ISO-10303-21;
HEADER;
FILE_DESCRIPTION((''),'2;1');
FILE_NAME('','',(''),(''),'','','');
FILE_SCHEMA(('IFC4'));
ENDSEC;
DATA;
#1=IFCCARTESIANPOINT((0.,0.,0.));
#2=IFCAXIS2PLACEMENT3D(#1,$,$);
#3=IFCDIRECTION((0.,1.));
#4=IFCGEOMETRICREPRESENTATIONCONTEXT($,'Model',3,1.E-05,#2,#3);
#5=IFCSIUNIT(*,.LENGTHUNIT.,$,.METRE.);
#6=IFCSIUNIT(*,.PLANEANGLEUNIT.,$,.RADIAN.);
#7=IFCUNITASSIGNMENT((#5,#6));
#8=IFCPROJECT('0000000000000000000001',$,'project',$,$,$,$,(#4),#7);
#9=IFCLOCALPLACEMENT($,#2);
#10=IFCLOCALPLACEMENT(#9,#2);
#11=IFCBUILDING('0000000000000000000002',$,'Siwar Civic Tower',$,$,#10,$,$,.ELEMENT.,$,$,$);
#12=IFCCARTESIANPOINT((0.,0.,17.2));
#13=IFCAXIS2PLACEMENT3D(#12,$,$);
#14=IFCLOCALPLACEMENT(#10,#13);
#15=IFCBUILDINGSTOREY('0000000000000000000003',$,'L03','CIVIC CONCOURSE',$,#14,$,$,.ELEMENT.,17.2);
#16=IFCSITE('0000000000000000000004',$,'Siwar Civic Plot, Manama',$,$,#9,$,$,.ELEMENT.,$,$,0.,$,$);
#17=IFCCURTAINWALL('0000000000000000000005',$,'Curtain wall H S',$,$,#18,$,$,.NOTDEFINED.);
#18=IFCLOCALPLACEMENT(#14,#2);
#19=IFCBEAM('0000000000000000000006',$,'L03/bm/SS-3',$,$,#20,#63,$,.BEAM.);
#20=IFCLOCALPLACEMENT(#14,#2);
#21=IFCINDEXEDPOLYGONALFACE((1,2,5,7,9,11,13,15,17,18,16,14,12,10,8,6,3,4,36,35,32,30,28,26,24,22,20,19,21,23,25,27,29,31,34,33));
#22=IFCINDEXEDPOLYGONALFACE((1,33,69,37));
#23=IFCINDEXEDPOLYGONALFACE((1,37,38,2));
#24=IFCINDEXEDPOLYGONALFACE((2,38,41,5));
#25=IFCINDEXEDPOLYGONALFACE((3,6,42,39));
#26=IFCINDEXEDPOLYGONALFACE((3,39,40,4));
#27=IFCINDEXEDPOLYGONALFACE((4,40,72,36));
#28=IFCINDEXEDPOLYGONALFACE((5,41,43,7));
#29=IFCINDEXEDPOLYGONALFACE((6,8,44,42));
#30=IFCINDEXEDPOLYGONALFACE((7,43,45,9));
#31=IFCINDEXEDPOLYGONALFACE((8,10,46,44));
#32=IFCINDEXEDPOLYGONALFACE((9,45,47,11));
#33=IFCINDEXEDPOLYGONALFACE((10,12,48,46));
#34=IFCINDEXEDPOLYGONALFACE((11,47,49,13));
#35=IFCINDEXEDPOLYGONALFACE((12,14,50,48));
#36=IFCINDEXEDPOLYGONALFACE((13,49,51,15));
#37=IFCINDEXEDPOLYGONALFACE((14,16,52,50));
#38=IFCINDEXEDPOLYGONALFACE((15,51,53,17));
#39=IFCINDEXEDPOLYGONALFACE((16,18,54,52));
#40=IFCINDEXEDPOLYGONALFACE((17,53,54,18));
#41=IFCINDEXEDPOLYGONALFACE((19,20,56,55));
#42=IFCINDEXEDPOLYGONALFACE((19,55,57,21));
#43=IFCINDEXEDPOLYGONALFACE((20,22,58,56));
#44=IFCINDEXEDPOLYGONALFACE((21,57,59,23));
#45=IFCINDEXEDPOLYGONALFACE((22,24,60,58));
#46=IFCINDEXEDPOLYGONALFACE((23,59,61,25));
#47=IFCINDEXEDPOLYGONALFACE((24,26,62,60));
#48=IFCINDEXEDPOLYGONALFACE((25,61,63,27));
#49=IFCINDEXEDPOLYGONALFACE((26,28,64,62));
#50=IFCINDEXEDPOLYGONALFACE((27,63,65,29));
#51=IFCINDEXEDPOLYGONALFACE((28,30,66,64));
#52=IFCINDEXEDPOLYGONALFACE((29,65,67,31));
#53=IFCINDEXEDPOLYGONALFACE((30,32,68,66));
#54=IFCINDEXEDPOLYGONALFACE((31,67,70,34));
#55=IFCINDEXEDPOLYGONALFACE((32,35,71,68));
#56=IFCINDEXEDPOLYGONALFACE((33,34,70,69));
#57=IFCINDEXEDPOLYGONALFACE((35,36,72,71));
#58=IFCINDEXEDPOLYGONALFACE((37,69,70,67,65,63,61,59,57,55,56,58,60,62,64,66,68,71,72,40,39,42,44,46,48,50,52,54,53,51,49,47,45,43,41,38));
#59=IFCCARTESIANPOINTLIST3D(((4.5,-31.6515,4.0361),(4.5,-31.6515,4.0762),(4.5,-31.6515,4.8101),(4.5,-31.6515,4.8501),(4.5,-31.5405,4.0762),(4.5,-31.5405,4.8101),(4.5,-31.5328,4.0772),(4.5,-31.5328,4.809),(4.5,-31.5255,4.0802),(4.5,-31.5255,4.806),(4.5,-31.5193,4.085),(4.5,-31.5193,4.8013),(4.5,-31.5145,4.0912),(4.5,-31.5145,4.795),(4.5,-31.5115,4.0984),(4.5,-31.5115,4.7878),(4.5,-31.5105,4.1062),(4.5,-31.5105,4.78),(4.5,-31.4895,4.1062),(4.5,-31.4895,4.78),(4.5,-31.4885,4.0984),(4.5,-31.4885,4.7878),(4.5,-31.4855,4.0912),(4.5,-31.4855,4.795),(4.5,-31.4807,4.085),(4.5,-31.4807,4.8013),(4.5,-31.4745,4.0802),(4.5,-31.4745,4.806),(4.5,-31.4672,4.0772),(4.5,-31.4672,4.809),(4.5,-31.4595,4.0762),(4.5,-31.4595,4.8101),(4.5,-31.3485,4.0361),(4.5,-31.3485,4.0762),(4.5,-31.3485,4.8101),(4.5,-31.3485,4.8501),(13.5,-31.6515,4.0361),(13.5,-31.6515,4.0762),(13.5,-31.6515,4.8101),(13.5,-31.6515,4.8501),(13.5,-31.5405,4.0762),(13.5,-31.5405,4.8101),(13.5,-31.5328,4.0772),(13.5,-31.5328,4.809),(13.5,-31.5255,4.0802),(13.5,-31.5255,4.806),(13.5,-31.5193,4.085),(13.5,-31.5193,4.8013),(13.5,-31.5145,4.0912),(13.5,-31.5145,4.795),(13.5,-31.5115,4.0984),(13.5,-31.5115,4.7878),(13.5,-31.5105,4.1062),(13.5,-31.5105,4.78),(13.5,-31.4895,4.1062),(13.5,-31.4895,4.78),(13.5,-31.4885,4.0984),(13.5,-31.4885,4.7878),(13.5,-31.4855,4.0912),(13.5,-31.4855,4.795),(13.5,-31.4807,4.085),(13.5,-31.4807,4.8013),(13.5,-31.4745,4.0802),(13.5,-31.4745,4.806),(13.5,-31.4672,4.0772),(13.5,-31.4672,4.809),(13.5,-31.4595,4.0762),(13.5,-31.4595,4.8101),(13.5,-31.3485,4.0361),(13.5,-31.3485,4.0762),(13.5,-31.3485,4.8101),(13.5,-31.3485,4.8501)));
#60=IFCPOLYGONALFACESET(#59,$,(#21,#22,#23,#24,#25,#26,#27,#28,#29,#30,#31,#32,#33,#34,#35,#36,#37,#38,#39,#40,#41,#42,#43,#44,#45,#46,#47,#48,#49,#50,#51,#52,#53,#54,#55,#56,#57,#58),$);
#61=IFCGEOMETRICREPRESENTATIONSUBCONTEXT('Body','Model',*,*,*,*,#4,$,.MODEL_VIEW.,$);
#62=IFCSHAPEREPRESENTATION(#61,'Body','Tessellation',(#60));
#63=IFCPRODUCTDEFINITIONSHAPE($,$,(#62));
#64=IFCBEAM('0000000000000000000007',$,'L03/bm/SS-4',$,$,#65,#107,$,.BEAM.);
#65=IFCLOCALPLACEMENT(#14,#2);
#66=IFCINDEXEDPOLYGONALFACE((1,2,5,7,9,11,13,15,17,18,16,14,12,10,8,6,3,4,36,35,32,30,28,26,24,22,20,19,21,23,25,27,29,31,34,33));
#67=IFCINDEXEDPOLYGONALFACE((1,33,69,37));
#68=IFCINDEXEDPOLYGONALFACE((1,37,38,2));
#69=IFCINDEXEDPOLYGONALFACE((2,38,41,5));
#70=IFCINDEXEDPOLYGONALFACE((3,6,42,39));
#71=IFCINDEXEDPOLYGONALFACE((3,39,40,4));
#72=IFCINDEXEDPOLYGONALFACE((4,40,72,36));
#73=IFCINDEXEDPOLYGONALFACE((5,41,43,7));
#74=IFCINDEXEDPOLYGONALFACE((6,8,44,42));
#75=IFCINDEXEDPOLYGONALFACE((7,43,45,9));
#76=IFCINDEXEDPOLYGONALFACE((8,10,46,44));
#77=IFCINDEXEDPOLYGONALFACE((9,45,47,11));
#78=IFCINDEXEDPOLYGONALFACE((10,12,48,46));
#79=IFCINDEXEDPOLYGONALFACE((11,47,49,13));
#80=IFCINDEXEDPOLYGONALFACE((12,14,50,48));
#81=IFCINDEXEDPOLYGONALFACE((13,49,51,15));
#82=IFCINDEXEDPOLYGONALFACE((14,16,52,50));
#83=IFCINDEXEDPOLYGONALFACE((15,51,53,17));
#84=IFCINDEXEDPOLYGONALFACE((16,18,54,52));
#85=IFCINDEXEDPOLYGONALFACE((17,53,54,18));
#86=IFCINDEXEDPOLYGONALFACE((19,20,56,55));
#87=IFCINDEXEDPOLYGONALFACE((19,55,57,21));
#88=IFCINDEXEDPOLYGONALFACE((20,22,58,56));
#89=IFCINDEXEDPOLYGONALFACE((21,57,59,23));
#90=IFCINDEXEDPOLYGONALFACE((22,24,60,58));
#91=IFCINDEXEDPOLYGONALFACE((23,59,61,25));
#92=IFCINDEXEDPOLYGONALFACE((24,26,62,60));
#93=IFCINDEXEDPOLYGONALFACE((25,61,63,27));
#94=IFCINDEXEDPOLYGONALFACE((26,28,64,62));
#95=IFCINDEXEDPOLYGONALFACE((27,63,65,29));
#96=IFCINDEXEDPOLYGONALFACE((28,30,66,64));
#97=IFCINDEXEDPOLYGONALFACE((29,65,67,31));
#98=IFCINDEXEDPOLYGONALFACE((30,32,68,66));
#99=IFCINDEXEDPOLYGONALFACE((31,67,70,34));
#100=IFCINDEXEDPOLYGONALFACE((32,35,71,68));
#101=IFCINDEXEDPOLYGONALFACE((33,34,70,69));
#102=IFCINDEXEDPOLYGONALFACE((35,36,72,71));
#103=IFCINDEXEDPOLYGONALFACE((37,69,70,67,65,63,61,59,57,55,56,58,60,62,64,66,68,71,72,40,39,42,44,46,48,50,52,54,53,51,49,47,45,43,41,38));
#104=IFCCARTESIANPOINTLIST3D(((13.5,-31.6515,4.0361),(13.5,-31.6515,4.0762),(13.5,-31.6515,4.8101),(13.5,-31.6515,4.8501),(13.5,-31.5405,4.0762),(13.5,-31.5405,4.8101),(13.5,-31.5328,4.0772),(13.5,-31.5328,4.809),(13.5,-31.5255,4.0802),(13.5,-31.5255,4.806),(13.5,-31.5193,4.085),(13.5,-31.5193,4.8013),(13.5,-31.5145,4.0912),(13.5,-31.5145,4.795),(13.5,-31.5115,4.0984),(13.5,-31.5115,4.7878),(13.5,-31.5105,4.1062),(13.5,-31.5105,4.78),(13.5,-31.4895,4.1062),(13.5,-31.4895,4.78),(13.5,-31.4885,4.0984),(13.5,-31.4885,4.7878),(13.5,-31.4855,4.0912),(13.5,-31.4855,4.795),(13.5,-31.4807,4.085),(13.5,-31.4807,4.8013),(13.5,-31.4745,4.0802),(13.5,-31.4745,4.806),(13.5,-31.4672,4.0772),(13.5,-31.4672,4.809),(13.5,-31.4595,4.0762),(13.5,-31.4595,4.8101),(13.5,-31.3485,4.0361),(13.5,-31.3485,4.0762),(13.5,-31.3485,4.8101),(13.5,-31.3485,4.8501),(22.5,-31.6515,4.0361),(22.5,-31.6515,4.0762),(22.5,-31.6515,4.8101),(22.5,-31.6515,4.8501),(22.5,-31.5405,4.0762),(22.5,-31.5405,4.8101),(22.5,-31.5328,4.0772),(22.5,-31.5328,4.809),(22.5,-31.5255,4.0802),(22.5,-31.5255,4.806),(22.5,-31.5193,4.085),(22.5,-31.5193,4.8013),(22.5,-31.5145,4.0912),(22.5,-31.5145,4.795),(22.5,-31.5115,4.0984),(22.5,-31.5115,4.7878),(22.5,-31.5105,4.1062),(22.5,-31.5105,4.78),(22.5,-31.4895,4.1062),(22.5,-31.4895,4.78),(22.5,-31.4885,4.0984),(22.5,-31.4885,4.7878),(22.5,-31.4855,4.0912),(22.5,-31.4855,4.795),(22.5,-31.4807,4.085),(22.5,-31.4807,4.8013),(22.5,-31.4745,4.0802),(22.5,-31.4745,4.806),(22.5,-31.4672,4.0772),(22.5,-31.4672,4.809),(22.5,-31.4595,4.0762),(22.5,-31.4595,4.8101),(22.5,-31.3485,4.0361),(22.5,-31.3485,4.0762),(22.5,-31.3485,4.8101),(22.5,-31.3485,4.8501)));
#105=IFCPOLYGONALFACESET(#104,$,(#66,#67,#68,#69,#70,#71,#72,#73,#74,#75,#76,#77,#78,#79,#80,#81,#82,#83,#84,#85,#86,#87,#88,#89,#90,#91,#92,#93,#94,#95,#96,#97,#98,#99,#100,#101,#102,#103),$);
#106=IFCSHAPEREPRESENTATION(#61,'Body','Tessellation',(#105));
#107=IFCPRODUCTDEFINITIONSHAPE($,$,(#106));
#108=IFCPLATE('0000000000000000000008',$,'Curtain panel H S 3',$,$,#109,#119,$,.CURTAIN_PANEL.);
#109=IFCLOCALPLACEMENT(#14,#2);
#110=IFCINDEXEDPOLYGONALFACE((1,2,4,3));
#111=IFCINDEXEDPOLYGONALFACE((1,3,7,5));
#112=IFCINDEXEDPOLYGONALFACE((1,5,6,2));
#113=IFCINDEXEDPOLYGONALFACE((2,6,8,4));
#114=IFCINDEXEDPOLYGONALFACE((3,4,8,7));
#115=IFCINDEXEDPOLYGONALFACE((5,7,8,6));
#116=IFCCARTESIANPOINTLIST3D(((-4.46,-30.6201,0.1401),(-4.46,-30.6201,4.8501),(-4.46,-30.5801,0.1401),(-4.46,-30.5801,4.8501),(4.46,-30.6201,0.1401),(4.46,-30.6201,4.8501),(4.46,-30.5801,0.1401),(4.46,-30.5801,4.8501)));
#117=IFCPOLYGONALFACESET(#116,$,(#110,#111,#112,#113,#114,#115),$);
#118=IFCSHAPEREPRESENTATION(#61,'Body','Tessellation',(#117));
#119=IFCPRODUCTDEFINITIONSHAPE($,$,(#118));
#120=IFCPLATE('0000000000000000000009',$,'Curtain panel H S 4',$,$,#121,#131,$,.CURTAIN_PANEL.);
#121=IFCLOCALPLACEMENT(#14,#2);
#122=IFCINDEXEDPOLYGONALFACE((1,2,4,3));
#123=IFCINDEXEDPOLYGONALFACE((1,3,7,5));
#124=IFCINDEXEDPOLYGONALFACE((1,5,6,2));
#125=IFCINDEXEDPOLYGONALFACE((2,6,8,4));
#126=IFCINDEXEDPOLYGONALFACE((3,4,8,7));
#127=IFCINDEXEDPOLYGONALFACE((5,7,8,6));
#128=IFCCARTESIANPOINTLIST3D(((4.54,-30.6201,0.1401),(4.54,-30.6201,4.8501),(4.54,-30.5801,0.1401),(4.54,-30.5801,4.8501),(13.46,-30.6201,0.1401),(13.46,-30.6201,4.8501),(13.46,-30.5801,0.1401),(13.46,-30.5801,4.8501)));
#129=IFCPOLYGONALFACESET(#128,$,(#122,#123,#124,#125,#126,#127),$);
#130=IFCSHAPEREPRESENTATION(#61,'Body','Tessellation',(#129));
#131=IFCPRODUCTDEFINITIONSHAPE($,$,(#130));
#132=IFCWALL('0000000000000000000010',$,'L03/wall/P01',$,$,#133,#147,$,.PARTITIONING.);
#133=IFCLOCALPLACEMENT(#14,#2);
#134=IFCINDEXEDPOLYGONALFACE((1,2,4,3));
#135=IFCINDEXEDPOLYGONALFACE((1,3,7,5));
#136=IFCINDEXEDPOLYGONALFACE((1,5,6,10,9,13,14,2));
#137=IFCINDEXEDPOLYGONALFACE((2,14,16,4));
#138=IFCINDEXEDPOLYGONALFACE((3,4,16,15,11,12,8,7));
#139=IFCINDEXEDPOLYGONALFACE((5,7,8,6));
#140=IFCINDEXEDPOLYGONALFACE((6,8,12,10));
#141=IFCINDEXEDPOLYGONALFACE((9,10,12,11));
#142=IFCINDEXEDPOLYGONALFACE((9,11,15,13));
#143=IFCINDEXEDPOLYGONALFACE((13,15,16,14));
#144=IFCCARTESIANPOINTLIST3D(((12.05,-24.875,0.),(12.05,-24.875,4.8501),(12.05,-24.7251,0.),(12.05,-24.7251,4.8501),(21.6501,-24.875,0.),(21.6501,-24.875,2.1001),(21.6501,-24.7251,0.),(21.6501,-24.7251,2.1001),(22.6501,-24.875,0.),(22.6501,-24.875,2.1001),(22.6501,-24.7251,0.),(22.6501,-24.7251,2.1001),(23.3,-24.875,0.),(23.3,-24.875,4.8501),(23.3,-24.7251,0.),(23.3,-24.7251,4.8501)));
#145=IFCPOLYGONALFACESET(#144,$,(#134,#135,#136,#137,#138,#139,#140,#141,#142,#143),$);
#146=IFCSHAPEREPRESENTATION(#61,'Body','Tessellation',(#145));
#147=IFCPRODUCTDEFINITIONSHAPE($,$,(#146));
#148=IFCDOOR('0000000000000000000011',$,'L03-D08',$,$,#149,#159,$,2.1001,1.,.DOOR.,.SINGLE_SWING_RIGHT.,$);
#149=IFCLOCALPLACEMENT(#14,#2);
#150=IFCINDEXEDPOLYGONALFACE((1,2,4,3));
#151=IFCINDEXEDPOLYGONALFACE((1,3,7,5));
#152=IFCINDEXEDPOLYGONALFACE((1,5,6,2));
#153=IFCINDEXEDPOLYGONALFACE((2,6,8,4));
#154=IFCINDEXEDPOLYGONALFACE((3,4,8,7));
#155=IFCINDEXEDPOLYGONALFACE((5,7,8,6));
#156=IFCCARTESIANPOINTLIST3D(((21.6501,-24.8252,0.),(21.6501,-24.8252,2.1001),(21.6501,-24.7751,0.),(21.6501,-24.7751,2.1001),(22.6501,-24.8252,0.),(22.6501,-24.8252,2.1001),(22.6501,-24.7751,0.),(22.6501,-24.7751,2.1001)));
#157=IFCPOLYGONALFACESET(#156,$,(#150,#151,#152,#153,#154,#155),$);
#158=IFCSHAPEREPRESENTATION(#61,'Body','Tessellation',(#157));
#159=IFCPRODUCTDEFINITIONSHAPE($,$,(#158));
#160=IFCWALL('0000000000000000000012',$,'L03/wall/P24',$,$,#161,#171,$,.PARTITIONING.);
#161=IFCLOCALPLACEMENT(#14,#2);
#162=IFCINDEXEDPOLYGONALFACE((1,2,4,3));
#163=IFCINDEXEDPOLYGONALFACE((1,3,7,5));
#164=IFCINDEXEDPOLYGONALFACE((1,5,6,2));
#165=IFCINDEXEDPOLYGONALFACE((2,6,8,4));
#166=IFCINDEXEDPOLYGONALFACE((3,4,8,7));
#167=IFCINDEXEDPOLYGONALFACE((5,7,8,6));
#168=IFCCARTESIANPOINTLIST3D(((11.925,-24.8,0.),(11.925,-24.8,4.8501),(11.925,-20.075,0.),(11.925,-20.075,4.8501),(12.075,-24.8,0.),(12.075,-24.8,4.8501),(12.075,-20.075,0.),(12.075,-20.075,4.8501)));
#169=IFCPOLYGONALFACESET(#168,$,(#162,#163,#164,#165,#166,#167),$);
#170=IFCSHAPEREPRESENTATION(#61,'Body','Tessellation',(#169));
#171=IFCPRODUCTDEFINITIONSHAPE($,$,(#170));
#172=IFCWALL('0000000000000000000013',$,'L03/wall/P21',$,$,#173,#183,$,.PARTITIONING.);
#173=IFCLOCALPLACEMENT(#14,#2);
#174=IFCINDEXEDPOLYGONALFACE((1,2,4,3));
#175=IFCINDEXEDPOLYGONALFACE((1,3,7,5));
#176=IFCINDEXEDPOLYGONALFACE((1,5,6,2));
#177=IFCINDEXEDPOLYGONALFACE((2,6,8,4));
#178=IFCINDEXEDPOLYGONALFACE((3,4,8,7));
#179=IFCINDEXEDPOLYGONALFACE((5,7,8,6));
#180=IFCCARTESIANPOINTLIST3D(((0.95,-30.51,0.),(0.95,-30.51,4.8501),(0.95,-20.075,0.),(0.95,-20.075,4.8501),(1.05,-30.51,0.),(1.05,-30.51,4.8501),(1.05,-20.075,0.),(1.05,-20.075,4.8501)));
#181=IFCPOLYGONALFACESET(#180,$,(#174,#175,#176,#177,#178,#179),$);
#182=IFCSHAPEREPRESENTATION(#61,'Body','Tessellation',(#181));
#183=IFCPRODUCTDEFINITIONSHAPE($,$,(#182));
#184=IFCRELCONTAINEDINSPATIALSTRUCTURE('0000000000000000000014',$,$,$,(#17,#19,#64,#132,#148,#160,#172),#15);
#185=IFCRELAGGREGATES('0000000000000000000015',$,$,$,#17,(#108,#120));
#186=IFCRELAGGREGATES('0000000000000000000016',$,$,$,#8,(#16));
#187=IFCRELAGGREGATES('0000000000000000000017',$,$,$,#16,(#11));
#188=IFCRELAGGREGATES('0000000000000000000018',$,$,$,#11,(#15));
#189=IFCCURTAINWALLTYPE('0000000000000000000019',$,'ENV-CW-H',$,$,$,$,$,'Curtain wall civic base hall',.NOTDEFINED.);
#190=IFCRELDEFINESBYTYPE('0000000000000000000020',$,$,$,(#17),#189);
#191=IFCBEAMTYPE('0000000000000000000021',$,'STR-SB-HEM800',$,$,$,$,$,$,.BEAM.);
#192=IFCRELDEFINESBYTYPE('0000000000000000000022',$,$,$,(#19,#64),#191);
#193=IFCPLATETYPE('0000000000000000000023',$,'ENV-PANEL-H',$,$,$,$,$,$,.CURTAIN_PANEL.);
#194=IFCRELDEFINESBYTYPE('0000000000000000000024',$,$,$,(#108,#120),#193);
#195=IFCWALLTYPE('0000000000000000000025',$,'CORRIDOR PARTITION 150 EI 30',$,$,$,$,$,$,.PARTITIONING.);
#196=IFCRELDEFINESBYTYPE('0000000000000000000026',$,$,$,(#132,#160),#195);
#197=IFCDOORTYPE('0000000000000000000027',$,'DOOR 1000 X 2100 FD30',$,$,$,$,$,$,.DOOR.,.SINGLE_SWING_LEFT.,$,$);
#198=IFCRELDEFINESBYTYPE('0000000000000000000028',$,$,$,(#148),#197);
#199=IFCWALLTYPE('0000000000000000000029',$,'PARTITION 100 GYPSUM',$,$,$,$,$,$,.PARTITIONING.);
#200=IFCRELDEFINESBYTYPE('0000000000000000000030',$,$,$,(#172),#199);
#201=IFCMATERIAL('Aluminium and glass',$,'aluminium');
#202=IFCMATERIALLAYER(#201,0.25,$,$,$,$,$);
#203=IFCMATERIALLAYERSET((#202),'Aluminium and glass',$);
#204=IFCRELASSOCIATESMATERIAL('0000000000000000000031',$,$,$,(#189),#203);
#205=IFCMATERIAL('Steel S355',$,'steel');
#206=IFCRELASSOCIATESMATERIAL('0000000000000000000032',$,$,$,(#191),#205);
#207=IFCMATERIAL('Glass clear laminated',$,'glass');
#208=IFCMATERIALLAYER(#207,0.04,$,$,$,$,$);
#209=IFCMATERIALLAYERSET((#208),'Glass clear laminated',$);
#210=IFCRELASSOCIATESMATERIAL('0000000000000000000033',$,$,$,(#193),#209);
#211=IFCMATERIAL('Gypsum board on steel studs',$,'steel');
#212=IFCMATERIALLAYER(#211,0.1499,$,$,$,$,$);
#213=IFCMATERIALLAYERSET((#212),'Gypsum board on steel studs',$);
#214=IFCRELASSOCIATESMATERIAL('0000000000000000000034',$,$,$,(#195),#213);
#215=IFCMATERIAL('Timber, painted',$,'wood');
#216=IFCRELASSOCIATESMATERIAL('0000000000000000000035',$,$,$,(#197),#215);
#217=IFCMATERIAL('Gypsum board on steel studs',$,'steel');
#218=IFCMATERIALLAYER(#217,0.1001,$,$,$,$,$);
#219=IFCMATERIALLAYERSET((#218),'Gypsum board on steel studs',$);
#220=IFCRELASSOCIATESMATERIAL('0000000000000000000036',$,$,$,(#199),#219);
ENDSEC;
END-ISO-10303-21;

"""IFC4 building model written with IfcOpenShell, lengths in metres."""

from ifc_helpers import new_model, si_unit, direction, frame, frame_2d, origin, origin_2d, place, context, subcontext, project, spatial, rectangle, i_section, extrude, material, layer, layer_set, material_profile, profile_set, type_object, element, fill, aggregate, save


model = new_model("IFC4")

# Units and contexts
model_context = context("Model", 3, precision=1e-05, world=origin(), true_north=direction((0.0, 1.0)))
body_context = subcontext(model_context, "Body", "Model", "MODEL_VIEW")
ifc_project = project(units=[si_unit("LENGTHUNIT", "METRE"), si_unit("PLANEANGLEUNIT", "RADIAN")], contexts=[model_context])

# Site, building, storey
site_placement = place(None, origin())
site = spatial("IfcSite", under=ifc_project, at=site_placement, Name="Siwar Civic Plot, Manama", CompositionType="ELEMENT", RefElevation=0.0)
building_placement = place(site_placement, origin())
building = spatial("IfcBuilding", under=site, at=building_placement, Name="Siwar Civic Tower", CompositionType="ELEMENT")
storey_placement = place(building_placement, frame((0.0, 0.0, 17.2)))
storey = spatial("IfcBuildingStorey", under=building, at=storey_placement, Name="L03", Description="CIVIC CONCOURSE", CompositionType="ELEMENT", Elevation=17.2)

# Curtain wall
ifc_material_1 = material(Name="Aluminium and glass", Category="aluminium")
ifc_layer_1 = layer(ifc_material_1, 0.25)
ifc_layer_set_1 = layer_set([ifc_layer_1], Name="Aluminium and glass")
curtain_wall_type = type_object("IfcCurtainWallType", Name="ENV-CW-H", ElementType="Curtain wall civic base hall", PredefinedType="NOTDEFINED", material=ifc_layer_set_1)
curtain_wall_placement = place(storey_placement, origin())
curtain_wall = element("IfcCurtainWall", 1, at=curtain_wall_placement, inside=storey, type_object=curtain_wall_type, Name="Curtain wall H S", PredefinedType="NOTDEFINED")

# Beams
ifc_material_2 = material(Name="Steel S355", Category="steel")
ifc_material_profile_1 = material_profile(ifc_material_2, i_section(OverallWidth=0.303, OverallDepth=0.814, WebThickness=0.021, FlangeThickness=0.04, FilletRadius=0.03, at=origin_2d()), Name="HEM800")
ifc_profile_set_1 = profile_set([ifc_material_profile_1], Name="Steel S355")
beam_type_1 = type_object("IfcBeamType", Name="STR-SB-HEM800", PredefinedType="BEAM", material=ifc_profile_set_1)
for number, where, z_axis, x_axis, name in (
    (2, (4.5, -31.5, 4.4431), (1.0, 0.0, 0.0), (0.0, 1.0, 0.0), "L03/bm/SS-3"),
    (3, (13.5, -31.5, 4.4431), (1.0, 0.0, 0.0), (0.0, 1.0, 0.0), "L03/bm/SS-4"),
):
    element("IfcBeam", number, at=place(storey_placement, frame(where, z_axis=z_axis, x_axis=x_axis)), inside=storey, type_object=beam_type_1, Name=name, PredefinedType="BEAM", context=body_context, shape_type="SweptSolid", body=[
        extrude(i_section(OverallWidth=0.303, OverallDepth=0.814, WebThickness=0.021, FlangeThickness=0.04, FilletRadius=0.03, at=origin_2d()), origin(), (0.0, 0.0, 1.0), 9.0),
    ])

# Plates
ifc_material_3 = material(Name="Glass clear laminated", Category="glass")
ifc_layer_2 = layer(ifc_material_3, 0.04)
ifc_layer_set_2 = layer_set([ifc_layer_2], Name="Glass clear laminated")
plate_type = type_object("IfcPlateType", Name="ENV-PANEL-H", PredefinedType="CURTAIN_PANEL", material=ifc_layer_set_2)
plate_1_placement = place(storey_placement, frame((0.0, -30.6001, 0.1401), z_axis=(0.0, 0.0, 1.0), x_axis=(1.0, 0.0, 0.0)))
plate_1 = element("IfcPlate", 4, at=plate_1_placement, type_object=plate_type, Name="Curtain panel H S 3", PredefinedType="CURTAIN_PANEL", context=body_context, shape_type="SweptSolid", body=[
    extrude(rectangle(XDim=8.9199, YDim=0.04, at=origin_2d()), origin(), (0.0, 0.0, 1.0), 4.71),
])
plate_2_placement = place(storey_placement, frame((9.0, -30.6001, 0.1401), z_axis=(0.0, 0.0, 1.0), x_axis=(1.0, 0.0, 0.0)))
plate_2 = element("IfcPlate", 5, at=plate_2_placement, type_object=plate_type, Name="Curtain panel H S 4", PredefinedType="CURTAIN_PANEL", context=body_context, shape_type="SweptSolid", body=[
    extrude(rectangle(XDim=8.9199, YDim=0.04, at=origin_2d()), origin(), (0.0, 0.0, 1.0), 4.71),
])
aggregate(curtain_wall, [plate_1, plate_2])

# Wall, opening, door
ifc_material_4 = material(Name="Gypsum board on steel studs", Category="steel")
ifc_layer_3 = layer(ifc_material_4, 0.1499)
ifc_layer_set_3 = layer_set([ifc_layer_3], Name="Gypsum board on steel studs")
wall_type_1 = type_object("IfcWallType", Name="CORRIDOR PARTITION 150 EI 30", PredefinedType="PARTITIONING", material=ifc_layer_set_3)
wall_1_placement = place(storey_placement, frame((12.05, -24.8, 0.0), z_axis=(0.0, 0.0, 1.0), x_axis=(1.0, 0.0, 0.0)))
wall_1 = element("IfcWall", 6, at=wall_1_placement, inside=storey, type_object=wall_type_1, Name="L03/wall/P01", PredefinedType="PARTITIONING", context=body_context, shape_type="SweptSolid", body=[
    extrude(rectangle(XDim=11.25, YDim=0.1499, at=frame_2d((5.625, 0.0))), origin(), (0.0, 0.0, 1.0), 4.8501),
])
opening_placement = place(wall_1_placement, frame((9.6001, 0.0, 0.0)))
opening = element("IfcOpeningElement", 7, at=opening_placement, cuts=wall_1, PredefinedType="OPENING", context=body_context, shape_type="SweptSolid", body=[
    extrude(rectangle(XDim=1.0, YDim=2.1001, at=frame_2d((0.5, 1.05))), frame((0.0, 0.085, 0.0), z_axis=(0.0, -1.0, 0.0), x_axis=(1.0, 0.0, 0.0)), (0.0, 0.0, 1.0), 0.1699),
])
ifc_material_5 = material(Name="Timber, painted", Category="wood")
door_type = type_object("IfcDoorType", Name="DOOR 1000 X 2100 FD30", OperationType="SINGLE_SWING_LEFT", PredefinedType="DOOR", material=ifc_material_5)
door_placement = place(opening_placement, origin())
door = element("IfcDoor", 8, at=door_placement, inside=storey, type_object=door_type, Name="L03-D08", OperationType="SINGLE_SWING_RIGHT", OverallHeight=2.1001, OverallWidth=1.0, PredefinedType="DOOR", context=body_context, shape_type="SweptSolid", body=[
    extrude(rectangle(XDim=1.0, YDim=2.1001, at=frame_2d((0.5, 1.05))), frame((0.0, 0.0249, 0.0), z_axis=(0.0, -1.0, 0.0), x_axis=(1.0, 0.0, 0.0)), (0.0, 0.0, 1.0), 0.05),
])
fill(opening, door)

# Walls
wall_2_placement = place(storey_placement, frame((12.0, -24.8, 0.0), z_axis=(0.0, 0.0, 1.0), x_axis=(0.0, 1.0, 0.0)))
element("IfcWall", 9, at=wall_2_placement, inside=storey, type_object=wall_type_1, Name="L03/wall/P24", PredefinedType="PARTITIONING", context=body_context, shape_type="SweptSolid", body=[
    extrude(rectangle(XDim=4.7251, YDim=0.1499, at=frame_2d((2.3625, 0.0))), origin(), (0.0, 0.0, 1.0), 4.8501),
])
ifc_material_6 = material(Name="Gypsum board on steel studs", Category="steel")
ifc_layer_4 = layer(ifc_material_6, 0.1001)
ifc_layer_set_4 = layer_set([ifc_layer_4], Name="Gypsum board on steel studs")
wall_type_2 = type_object("IfcWallType", Name="PARTITION 100 GYPSUM", PredefinedType="PARTITIONING", material=ifc_layer_set_4)
wall_3_placement = place(storey_placement, frame((1.0, -30.51, 0.0), z_axis=(0.0, 0.0, 1.0), x_axis=(0.0, 1.0, 0.0)))
element("IfcWall", 10, at=wall_3_placement, inside=storey, type_object=wall_type_2, Name="L03/wall/P21", PredefinedType="PARTITIONING", context=body_context, shape_type="SweptSolid", body=[
    extrude(rectangle(XDim=10.4351, YDim=0.1001, at=frame_2d((5.2175, 0.0))), origin(), (0.0, 0.0, 1.0), 4.8501),
])

save(model, "model.ifc")
